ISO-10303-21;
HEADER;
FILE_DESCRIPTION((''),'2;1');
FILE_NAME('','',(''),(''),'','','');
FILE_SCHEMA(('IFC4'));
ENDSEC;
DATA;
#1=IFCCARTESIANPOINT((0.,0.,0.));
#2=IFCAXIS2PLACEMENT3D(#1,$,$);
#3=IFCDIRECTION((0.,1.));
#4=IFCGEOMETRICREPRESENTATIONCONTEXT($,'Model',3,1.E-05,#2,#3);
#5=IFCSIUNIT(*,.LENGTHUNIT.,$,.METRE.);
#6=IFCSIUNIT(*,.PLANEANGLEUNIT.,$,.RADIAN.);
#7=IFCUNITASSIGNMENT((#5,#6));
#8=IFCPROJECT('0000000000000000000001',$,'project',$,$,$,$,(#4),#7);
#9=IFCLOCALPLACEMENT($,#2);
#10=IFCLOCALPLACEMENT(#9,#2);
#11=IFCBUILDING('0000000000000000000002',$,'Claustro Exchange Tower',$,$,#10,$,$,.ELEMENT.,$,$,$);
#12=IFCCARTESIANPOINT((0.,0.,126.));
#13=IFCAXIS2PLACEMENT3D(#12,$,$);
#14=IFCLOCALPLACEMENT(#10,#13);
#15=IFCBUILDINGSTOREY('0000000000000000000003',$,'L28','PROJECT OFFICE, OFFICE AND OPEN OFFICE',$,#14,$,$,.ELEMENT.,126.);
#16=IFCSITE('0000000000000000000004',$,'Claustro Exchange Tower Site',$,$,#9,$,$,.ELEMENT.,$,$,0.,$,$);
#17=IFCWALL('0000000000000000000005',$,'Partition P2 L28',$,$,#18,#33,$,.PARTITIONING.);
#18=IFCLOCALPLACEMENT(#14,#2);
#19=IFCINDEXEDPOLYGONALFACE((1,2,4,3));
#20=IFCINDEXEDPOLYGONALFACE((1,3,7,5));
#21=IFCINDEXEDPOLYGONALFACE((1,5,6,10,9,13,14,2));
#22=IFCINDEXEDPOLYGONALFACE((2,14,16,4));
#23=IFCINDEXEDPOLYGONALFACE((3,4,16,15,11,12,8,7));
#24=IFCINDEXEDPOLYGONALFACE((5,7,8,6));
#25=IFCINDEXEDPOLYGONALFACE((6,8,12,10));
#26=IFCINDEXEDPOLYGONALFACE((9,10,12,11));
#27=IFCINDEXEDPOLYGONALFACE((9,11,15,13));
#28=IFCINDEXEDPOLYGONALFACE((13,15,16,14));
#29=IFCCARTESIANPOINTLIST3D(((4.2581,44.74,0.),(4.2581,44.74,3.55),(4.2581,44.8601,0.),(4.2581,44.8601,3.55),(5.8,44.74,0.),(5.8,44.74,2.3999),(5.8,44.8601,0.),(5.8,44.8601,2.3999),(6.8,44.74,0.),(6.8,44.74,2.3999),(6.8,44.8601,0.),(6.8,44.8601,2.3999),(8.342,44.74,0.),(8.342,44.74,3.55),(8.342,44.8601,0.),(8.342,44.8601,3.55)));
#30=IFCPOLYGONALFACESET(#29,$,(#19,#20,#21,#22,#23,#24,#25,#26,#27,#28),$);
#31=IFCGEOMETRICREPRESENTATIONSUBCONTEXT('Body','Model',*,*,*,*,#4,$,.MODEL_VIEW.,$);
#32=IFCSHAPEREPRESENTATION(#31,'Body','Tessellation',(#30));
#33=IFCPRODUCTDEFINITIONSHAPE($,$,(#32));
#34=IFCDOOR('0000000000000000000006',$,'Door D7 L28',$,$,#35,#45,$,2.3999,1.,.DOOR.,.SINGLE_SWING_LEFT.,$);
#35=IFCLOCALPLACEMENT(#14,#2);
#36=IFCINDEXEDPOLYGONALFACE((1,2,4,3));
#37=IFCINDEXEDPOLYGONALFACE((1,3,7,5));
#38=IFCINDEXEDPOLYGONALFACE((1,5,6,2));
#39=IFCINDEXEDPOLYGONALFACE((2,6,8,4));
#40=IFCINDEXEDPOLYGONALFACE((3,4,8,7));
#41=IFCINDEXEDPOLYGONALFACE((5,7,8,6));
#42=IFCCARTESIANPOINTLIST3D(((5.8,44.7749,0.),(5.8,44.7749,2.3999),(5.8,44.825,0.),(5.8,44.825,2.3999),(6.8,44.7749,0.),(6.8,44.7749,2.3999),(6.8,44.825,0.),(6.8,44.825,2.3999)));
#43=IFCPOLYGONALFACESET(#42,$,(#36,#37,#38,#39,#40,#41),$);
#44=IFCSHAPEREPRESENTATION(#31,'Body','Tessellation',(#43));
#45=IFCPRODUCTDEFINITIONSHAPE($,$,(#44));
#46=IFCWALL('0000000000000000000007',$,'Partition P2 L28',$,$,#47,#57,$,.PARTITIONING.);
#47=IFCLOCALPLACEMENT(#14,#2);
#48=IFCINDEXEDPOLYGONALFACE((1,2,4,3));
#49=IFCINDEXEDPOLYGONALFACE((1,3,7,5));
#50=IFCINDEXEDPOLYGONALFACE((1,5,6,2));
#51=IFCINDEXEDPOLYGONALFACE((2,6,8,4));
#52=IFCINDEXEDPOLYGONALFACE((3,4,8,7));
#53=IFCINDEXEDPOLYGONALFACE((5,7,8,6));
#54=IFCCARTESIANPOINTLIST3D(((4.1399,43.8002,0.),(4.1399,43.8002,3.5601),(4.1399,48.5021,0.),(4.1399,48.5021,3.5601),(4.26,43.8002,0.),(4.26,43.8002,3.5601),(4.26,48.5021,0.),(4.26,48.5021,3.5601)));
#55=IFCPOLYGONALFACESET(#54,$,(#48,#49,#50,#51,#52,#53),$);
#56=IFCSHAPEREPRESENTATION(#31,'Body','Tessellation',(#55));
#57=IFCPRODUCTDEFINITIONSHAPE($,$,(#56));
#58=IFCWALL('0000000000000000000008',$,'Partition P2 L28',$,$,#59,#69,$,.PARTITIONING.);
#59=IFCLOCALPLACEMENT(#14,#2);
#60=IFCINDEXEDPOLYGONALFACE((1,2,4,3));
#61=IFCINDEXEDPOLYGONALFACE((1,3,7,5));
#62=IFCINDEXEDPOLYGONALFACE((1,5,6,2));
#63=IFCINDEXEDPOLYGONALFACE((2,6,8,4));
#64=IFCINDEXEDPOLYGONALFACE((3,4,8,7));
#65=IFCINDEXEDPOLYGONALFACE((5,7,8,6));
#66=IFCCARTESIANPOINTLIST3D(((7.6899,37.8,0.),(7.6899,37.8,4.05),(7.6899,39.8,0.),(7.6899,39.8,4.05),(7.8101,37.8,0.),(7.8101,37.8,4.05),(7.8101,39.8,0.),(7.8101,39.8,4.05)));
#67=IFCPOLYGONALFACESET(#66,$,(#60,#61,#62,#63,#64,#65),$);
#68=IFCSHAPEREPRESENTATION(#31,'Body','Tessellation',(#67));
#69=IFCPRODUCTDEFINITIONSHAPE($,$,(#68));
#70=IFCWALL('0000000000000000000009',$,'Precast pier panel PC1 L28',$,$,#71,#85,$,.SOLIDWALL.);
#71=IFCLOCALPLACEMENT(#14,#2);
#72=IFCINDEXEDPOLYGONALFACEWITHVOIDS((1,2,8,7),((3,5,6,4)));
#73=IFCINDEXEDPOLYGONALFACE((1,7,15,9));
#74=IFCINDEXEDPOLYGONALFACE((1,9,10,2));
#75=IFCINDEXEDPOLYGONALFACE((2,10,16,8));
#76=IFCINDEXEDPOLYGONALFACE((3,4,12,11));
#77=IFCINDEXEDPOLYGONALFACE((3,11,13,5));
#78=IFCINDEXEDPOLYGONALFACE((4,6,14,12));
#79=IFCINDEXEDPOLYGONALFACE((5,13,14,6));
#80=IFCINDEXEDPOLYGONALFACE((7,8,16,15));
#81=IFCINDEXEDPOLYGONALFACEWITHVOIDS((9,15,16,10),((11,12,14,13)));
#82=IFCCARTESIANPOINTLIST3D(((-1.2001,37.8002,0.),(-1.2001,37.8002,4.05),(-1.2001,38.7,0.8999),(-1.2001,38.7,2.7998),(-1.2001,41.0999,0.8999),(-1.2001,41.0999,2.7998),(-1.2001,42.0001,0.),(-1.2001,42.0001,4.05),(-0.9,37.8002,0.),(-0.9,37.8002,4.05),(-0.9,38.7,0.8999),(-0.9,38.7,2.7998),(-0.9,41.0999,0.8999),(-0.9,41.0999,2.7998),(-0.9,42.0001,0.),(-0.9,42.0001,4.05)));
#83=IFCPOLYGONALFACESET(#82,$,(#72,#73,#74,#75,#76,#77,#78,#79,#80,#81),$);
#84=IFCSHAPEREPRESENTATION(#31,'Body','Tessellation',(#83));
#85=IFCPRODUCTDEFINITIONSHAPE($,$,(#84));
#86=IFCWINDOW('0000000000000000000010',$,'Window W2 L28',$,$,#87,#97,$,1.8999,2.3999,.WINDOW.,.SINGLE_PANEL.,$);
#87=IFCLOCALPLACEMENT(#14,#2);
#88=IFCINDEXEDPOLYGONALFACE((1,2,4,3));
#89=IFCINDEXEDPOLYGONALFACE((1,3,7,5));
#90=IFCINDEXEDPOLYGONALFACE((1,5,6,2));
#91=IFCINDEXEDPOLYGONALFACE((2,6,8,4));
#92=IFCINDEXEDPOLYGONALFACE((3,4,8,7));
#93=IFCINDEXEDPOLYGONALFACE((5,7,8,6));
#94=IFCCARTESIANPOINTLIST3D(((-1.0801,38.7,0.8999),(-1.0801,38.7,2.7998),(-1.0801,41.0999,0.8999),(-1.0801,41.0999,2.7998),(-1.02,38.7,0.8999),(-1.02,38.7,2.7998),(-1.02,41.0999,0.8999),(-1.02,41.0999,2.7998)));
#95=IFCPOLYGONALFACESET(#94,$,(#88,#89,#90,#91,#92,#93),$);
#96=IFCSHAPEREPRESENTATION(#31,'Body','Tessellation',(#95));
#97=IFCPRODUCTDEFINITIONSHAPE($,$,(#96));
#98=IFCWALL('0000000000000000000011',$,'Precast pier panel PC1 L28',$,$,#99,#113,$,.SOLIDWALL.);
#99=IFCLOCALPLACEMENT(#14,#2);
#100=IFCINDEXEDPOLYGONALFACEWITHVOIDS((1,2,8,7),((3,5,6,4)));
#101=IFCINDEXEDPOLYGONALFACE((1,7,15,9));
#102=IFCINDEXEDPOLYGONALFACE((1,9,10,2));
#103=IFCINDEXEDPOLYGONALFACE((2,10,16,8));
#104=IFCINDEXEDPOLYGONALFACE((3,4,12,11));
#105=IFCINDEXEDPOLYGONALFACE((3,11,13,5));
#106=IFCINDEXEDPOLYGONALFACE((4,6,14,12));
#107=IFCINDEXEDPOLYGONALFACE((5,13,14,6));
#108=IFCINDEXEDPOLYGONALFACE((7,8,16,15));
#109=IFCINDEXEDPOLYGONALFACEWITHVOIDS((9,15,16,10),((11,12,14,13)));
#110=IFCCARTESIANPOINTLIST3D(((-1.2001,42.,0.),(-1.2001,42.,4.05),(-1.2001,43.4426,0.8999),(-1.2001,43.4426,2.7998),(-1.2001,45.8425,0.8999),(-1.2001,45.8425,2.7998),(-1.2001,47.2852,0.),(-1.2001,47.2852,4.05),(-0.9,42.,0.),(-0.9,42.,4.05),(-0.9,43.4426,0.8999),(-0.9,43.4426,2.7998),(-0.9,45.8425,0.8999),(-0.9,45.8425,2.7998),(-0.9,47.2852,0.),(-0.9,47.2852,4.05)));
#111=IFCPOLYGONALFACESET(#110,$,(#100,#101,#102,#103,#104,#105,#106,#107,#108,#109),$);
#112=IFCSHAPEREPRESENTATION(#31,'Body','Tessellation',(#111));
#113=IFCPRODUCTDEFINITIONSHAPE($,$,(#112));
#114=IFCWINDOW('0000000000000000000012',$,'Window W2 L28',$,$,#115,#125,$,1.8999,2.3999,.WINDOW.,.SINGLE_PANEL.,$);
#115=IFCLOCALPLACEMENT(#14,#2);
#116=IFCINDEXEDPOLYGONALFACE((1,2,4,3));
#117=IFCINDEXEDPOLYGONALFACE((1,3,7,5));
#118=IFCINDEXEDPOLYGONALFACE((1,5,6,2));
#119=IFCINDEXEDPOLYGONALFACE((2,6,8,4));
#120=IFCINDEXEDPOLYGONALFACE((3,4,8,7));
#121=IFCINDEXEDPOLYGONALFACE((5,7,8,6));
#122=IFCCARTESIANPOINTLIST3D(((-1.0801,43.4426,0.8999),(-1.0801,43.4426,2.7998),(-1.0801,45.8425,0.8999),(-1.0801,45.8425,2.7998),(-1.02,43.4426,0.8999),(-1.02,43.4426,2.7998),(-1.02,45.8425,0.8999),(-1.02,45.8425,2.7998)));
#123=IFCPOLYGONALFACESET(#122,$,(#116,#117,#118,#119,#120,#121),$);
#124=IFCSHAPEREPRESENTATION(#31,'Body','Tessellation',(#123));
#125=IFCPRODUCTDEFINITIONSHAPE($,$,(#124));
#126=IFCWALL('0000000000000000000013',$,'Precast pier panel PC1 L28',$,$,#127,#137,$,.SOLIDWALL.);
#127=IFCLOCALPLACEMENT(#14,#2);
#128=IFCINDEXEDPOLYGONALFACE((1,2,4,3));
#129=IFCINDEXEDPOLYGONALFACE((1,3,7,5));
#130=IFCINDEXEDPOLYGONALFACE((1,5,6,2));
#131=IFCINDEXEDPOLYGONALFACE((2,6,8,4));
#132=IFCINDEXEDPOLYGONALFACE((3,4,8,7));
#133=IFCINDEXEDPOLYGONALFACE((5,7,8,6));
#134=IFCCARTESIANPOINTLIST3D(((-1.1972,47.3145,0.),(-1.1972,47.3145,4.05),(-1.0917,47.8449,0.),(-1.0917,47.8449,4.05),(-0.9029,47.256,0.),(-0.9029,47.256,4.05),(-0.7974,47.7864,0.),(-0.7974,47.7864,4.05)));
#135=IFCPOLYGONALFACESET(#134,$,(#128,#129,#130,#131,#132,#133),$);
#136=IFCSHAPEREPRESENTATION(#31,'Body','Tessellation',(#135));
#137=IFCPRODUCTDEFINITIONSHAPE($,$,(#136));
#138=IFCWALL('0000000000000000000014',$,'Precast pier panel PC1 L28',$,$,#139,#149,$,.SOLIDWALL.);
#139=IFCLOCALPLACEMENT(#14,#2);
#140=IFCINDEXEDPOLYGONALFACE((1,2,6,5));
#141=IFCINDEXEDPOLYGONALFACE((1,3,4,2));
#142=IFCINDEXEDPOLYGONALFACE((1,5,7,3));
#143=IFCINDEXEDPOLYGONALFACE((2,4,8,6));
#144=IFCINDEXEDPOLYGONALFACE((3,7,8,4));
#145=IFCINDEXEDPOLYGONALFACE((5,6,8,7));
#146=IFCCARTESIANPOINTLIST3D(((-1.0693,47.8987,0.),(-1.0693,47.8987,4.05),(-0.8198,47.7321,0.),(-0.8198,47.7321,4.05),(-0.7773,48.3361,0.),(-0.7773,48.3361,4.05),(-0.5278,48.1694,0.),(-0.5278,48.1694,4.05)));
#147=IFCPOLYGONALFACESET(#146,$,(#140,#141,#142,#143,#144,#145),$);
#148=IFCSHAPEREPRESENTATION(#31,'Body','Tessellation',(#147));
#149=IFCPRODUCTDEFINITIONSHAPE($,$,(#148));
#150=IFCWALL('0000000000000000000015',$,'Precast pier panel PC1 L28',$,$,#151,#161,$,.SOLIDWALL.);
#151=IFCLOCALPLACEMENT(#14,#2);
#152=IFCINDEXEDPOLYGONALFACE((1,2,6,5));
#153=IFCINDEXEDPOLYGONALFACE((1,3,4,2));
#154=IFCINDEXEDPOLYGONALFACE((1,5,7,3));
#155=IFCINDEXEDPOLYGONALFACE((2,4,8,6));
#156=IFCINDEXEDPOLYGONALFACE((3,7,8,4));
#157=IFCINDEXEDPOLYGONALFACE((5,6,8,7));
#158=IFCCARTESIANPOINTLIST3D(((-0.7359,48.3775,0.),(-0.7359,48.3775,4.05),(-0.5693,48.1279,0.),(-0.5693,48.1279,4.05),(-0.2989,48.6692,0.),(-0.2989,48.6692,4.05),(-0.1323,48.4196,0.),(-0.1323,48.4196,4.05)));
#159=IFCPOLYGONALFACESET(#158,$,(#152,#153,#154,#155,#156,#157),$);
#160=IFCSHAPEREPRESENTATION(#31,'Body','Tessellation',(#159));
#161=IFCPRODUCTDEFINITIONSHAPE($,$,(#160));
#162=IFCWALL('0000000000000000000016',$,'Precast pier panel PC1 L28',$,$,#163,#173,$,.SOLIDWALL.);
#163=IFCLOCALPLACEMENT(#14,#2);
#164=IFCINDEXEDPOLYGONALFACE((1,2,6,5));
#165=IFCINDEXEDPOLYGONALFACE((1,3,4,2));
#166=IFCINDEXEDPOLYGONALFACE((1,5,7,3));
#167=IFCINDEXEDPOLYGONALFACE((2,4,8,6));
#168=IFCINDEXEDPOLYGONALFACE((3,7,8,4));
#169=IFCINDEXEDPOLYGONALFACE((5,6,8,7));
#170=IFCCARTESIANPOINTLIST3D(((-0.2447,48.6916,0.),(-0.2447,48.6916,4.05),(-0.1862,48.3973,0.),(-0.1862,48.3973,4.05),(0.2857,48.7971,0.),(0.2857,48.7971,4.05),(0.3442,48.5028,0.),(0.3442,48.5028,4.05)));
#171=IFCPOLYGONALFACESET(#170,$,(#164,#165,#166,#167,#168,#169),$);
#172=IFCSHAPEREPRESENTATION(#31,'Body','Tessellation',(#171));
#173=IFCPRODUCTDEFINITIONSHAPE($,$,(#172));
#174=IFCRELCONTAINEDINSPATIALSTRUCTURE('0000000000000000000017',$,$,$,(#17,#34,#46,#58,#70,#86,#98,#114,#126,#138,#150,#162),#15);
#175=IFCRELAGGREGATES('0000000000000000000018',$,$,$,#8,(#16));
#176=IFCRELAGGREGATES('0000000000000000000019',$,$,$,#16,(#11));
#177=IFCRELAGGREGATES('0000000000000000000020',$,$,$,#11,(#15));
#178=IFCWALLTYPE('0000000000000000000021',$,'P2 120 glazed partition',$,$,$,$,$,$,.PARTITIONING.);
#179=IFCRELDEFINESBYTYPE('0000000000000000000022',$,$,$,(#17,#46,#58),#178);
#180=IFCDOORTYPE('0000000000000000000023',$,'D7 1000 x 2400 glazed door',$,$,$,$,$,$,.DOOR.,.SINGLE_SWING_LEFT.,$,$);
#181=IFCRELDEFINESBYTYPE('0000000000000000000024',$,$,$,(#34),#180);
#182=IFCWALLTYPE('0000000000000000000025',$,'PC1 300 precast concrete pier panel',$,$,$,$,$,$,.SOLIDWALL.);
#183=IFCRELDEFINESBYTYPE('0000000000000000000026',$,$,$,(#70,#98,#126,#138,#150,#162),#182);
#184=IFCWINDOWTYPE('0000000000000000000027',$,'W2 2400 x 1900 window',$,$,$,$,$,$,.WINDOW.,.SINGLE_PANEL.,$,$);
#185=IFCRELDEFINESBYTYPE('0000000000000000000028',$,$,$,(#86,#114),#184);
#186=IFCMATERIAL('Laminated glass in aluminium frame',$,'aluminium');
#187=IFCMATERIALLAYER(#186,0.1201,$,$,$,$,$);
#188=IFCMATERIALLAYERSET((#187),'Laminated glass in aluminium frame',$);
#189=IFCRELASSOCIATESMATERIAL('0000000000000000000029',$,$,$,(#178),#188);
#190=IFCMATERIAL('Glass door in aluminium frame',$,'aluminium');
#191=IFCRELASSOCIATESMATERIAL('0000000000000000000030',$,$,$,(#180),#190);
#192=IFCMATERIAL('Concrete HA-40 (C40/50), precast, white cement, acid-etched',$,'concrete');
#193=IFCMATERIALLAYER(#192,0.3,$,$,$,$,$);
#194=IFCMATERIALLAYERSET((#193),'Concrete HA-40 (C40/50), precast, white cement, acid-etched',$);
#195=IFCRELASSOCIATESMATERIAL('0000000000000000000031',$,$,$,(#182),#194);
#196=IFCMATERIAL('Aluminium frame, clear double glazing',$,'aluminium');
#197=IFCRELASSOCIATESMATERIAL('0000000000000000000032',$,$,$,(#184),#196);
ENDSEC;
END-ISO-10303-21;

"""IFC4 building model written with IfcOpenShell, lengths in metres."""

from ifc_helpers import new_model, si_unit, direction, frame, frame_2d, origin, place, context, subcontext, project, spatial, rectangle, extrude, material, layer, layer_set, type_object, element, fill, save


model = new_model("IFC4")

# Units and contexts
model_context = context("Model", 3, precision=1e-05, world=origin(), true_north=direction((0.0, 1.0)))
body_context = subcontext(model_context, "Body", "Model", "MODEL_VIEW")
ifc_project = project(units=[si_unit("LENGTHUNIT", "METRE"), si_unit("PLANEANGLEUNIT", "RADIAN")], contexts=[model_context])

# Site, building, storey
site_placement = place(None, origin())
site = spatial("IfcSite", under=ifc_project, at=site_placement, Name="Claustro Exchange Tower Site", CompositionType="ELEMENT", RefElevation=0.0)
building_placement = place(site_placement, origin())
building = spatial("IfcBuilding", under=site, at=building_placement, Name="Claustro Exchange Tower", CompositionType="ELEMENT")
storey_placement = place(building_placement, frame((0.0, 0.0, 126.0)))
storey = spatial("IfcBuildingStorey", under=building, at=storey_placement, Name="L28", Description="PROJECT OFFICE, OFFICE AND OPEN OFFICE", CompositionType="ELEMENT", Elevation=126.0)

# Wall, opening, door
ifc_material_1 = material(Name="Laminated glass in aluminium frame", Category="aluminium")
ifc_layer_1 = layer(ifc_material_1, 0.1201)
ifc_layer_set_1 = layer_set([ifc_layer_1], Name="Laminated glass in aluminium frame")
wall_type_1 = type_object("IfcWallType", Name="P2 120 glazed partition", PredefinedType="PARTITIONING", material=ifc_layer_set_1)
ifc_material_2 = material(Name="Glass door in aluminium frame", Category="aluminium")
door_type = type_object("IfcDoorType", Name="D7 1000 x 2400 glazed door", OperationType="SINGLE_SWING_LEFT", PredefinedType="DOOR", material=ifc_material_2)
wall_1_placement = place(storey_placement, frame((4.2581, 44.8, 0.0), z_axis=(0.0, 0.0, 1.0), x_axis=(1.0, 0.0, 0.0)))
wall_1 = element("IfcWall", 1, at=wall_1_placement, inside=storey, type_object=wall_type_1, Name="Partition P2 L28", PredefinedType="PARTITIONING", context=body_context, shape_type="SweptSolid", body=[
    extrude(rectangle(XDim=4.084, YDim=0.1201, at=frame_2d((2.042, 0.0))), origin(), (0.0, 0.0, 1.0), 3.55),
])
opening_1_placement = place(wall_1_placement, frame((1.542, 0.0, 0.0)))
opening_1 = element("IfcOpeningElement", 2, at=opening_1_placement, cuts=wall_1, PredefinedType="OPENING", context=body_context, shape_type="SweptSolid", body=[
    extrude(rectangle(XDim=1.0, YDim=2.3999, at=frame_2d((0.5, 1.2))), frame((0.0, 0.0701, 0.0), z_axis=(0.0, -1.0, 0.0), x_axis=(1.0, 0.0, 0.0)), (0.0, 0.0, 1.0), 0.1401),
])
door_1_placement = place(opening_1_placement, origin())
door_1 = element("IfcDoor", 3, at=door_1_placement, inside=storey, type_object=door_type, Name="Door D7 L28", OperationType="SINGLE_SWING_LEFT", OverallHeight=2.3999, OverallWidth=1.0, PredefinedType="DOOR", context=body_context, shape_type="SweptSolid", body=[
    extrude(rectangle(XDim=1.0, YDim=2.3999, at=frame_2d((0.5, 1.2))), frame((0.0, 0.0249, 0.0), z_axis=(0.0, -1.0, 0.0), x_axis=(1.0, 0.0, 0.0)), (0.0, 0.0, 1.0), 0.05),
])
fill(opening_1, door_1)

# Walls
wall_2_placement = place(storey_placement, frame((4.2, 43.8, 0.0), z_axis=(0.0, 0.0, 1.0), x_axis=(0.0, 1.0, 0.0)))
element("IfcWall", 4, at=wall_2_placement, inside=storey, type_object=wall_type_1, Name="Partition P2 L28", PredefinedType="PARTITIONING", context=body_context, shape_type="SweptSolid", body=[
    extrude(rectangle(XDim=4.7019, YDim=0.1201, at=frame_2d((2.3511, 0.0))), origin(), (0.0, 0.0, 1.0), 3.5601),
])
wall_3_placement = place(storey_placement, frame((7.75, 37.8, 0.0), z_axis=(0.0, 0.0, 1.0), x_axis=(0.0, 1.0, 0.0)))
element("IfcWall", 5, at=wall_3_placement, inside=storey, type_object=wall_type_1, Name="Partition P2 L28", PredefinedType="PARTITIONING", context=body_context, shape_type="SweptSolid", body=[
    extrude(rectangle(XDim=2.0, YDim=0.1201, at=frame_2d((1.0, 0.0))), origin(), (0.0, 0.0, 1.0), 4.05),
])

# Walls, openings, windows
ifc_material_3 = material(Name="Concrete HA-40 (C40/50), precast, white cement, acid-etched", Category="concrete")
ifc_layer_2 = layer(ifc_material_3, 0.3)
ifc_layer_set_2 = layer_set([ifc_layer_2], Name="Concrete HA-40 (C40/50), precast, white cement, acid-etched")
wall_type_2 = type_object("IfcWallType", Name="PC1 300 precast concrete pier panel", PredefinedType="SOLIDWALL", material=ifc_layer_set_2)
wall_4_placement = place(storey_placement, frame((-1.05, 37.8, 0.0), z_axis=(0.0, 0.0, 1.0), x_axis=(0.0, 1.0, 0.0)))
wall_4 = element("IfcWall", 6, at=wall_4_placement, inside=storey, type_object=wall_type_2, Name="Precast pier panel PC1 L28", PredefinedType="SOLIDWALL", context=body_context, shape_type="SweptSolid", body=[
    extrude(rectangle(XDim=4.2, YDim=0.3, at=frame_2d((2.1001, 0.0))), origin(), (0.0, 0.0, 1.0), 4.05),
])
opening_2_placement = place(wall_4_placement, frame((0.8999, 0.0, 0.8999)))
opening_2 = element("IfcOpeningElement", 7, at=opening_2_placement, cuts=wall_4, PredefinedType="OPENING", context=body_context, shape_type="SweptSolid", body=[
    extrude(rectangle(XDim=2.3999, YDim=1.8999, at=frame_2d((1.2, 0.95))), frame((0.0, 0.1599, 0.0), z_axis=(0.0, -1.0, 0.0), x_axis=(1.0, 0.0, 0.0)), (0.0, 0.0, 1.0), 0.3201),
])
ifc_material_4 = material(Name="Aluminium frame, clear double glazing", Category="aluminium")
window_type_1 = type_object("IfcWindowType", Name="W2 2400 x 1900 window", PartitioningType="SINGLE_PANEL", PredefinedType="WINDOW", material=ifc_material_4)
window_1_placement = place(opening_2_placement, origin())
window_1 = element("IfcWindow", 8, at=window_1_placement, inside=storey, type_object=window_type_1, Name="Window W2 L28", OverallHeight=1.8999, OverallWidth=2.3999, PartitioningType="SINGLE_PANEL", PredefinedType="WINDOW", context=body_context, shape_type="SweptSolid", body=[
    extrude(rectangle(XDim=2.3999, YDim=1.8999, at=frame_2d((1.2, 0.95))), frame((0.0, 0.03, 0.0), z_axis=(0.0, -1.0, 0.0), x_axis=(1.0, 0.0, 0.0)), (0.0, 0.0, 1.0), 0.0601),
])
fill(opening_2, window_1)
wall_5_placement = place(storey_placement, frame((-1.05, 42.0, 0.0), z_axis=(0.0, 0.0, 1.0), x_axis=(0.0, 1.0, 0.0)))
wall_5 = element("IfcWall", 9, at=wall_5_placement, inside=storey, type_object=wall_type_2, Name="Precast pier panel PC1 L28", PredefinedType="SOLIDWALL", context=body_context, shape_type="SweptSolid", body=[
    extrude(rectangle(XDim=5.2852, YDim=0.3, at=frame_2d((2.6426, 0.0))), origin(), (0.0, 0.0, 1.0), 4.05),
])
opening_3_placement = place(wall_5_placement, frame((1.4426, 0.0, 0.8999)))
opening_3 = element("IfcOpeningElement", 10, at=opening_3_placement, cuts=wall_5, PredefinedType="OPENING", context=body_context, shape_type="SweptSolid", body=[
    extrude(rectangle(XDim=2.3999, YDim=1.8999, at=frame_2d((1.2, 0.95))), frame((0.0, 0.1599, 0.0), z_axis=(0.0, -1.0, 0.0), x_axis=(1.0, 0.0, 0.0)), (0.0, 0.0, 1.0), 0.3201),
])
window_2_placement = place(opening_3_placement, origin())
window_2 = element("IfcWindow", 11, at=window_2_placement, inside=storey, type_object=window_type_1, Name="Window W2 L28", OverallHeight=1.8999, OverallWidth=2.3999, PartitioningType="SINGLE_PANEL", PredefinedType="WINDOW", context=body_context, shape_type="SweptSolid", body=[
    extrude(rectangle(XDim=2.3999, YDim=1.8999, at=frame_2d((1.2, 0.95))), frame((0.0, 0.03, 0.0), z_axis=(0.0, -1.0, 0.0), x_axis=(1.0, 0.0, 0.0)), (0.0, 0.0, 1.0), 0.0601),
])
fill(opening_3, window_2)

# Walls
wall_6_placement = place(storey_placement, frame((-1.05, 47.2852, 0.0), z_axis=(0.0, 0.0, 1.0), x_axis=(0.195074, 0.980789, 0.0)))
element("IfcWall", 12, at=wall_6_placement, inside=storey, type_object=wall_type_2, Name="Precast pier panel PC1 L28", PredefinedType="SOLIDWALL", context=body_context, shape_type="SweptSolid", body=[
    extrude(rectangle(XDim=0.5408, YDim=0.3, at=frame_2d((0.2705, 0.0))), origin(), (0.0, 0.0, 1.0), 4.05),
])
wall_7_placement = place(storey_placement, frame((-0.9446, 47.8154, 0.0), z_axis=(0.0, 0.0, 1.0), x_axis=(0.555343, 0.831621, 0.0)))
element("IfcWall", 13, at=wall_7_placement, inside=storey, type_object=wall_type_2, Name="Precast pier panel PC1 L28", PredefinedType="SOLIDWALL", context=body_context, shape_type="SweptSolid", body=[
    extrude(rectangle(XDim=0.5259, YDim=0.3, at=frame_2d((0.2629, 0.0))), origin(), (0.0, 0.0, 1.0), 4.05),
])
wall_8_placement = place(storey_placement, frame((-0.6526, 48.2527, 0.0), z_axis=(0.0, 0.0, 1.0), x_axis=(0.831693, 0.555236, 0.0)))
element("IfcWall", 14, at=wall_8_placement, inside=storey, type_object=wall_type_2, Name="Precast pier panel PC1 L28", PredefinedType="SOLIDWALL", context=body_context, shape_type="SweptSolid", body=[
    extrude(rectangle(XDim=0.5254, YDim=0.3, at=frame_2d((0.2627, 0.0))), origin(), (0.0, 0.0, 1.0), 4.05),
])
wall_9_placement = place(storey_placement, frame((-0.2156, 48.5444, 0.0), z_axis=(0.0, 0.0, 1.0), x_axis=(0.980789, 0.195074, 0.0)))
element("IfcWall", 15, at=wall_9_placement, inside=storey, type_object=wall_type_2, Name="Precast pier panel PC1 L28", PredefinedType="SOLIDWALL", context=body_context, shape_type="SweptSolid", body=[
    extrude(rectangle(XDim=0.5408, YDim=0.3, at=frame_2d((0.2705, 0.0))), origin(), (0.0, 0.0, 1.0), 4.05),
])

save(model, "model.ifc")
